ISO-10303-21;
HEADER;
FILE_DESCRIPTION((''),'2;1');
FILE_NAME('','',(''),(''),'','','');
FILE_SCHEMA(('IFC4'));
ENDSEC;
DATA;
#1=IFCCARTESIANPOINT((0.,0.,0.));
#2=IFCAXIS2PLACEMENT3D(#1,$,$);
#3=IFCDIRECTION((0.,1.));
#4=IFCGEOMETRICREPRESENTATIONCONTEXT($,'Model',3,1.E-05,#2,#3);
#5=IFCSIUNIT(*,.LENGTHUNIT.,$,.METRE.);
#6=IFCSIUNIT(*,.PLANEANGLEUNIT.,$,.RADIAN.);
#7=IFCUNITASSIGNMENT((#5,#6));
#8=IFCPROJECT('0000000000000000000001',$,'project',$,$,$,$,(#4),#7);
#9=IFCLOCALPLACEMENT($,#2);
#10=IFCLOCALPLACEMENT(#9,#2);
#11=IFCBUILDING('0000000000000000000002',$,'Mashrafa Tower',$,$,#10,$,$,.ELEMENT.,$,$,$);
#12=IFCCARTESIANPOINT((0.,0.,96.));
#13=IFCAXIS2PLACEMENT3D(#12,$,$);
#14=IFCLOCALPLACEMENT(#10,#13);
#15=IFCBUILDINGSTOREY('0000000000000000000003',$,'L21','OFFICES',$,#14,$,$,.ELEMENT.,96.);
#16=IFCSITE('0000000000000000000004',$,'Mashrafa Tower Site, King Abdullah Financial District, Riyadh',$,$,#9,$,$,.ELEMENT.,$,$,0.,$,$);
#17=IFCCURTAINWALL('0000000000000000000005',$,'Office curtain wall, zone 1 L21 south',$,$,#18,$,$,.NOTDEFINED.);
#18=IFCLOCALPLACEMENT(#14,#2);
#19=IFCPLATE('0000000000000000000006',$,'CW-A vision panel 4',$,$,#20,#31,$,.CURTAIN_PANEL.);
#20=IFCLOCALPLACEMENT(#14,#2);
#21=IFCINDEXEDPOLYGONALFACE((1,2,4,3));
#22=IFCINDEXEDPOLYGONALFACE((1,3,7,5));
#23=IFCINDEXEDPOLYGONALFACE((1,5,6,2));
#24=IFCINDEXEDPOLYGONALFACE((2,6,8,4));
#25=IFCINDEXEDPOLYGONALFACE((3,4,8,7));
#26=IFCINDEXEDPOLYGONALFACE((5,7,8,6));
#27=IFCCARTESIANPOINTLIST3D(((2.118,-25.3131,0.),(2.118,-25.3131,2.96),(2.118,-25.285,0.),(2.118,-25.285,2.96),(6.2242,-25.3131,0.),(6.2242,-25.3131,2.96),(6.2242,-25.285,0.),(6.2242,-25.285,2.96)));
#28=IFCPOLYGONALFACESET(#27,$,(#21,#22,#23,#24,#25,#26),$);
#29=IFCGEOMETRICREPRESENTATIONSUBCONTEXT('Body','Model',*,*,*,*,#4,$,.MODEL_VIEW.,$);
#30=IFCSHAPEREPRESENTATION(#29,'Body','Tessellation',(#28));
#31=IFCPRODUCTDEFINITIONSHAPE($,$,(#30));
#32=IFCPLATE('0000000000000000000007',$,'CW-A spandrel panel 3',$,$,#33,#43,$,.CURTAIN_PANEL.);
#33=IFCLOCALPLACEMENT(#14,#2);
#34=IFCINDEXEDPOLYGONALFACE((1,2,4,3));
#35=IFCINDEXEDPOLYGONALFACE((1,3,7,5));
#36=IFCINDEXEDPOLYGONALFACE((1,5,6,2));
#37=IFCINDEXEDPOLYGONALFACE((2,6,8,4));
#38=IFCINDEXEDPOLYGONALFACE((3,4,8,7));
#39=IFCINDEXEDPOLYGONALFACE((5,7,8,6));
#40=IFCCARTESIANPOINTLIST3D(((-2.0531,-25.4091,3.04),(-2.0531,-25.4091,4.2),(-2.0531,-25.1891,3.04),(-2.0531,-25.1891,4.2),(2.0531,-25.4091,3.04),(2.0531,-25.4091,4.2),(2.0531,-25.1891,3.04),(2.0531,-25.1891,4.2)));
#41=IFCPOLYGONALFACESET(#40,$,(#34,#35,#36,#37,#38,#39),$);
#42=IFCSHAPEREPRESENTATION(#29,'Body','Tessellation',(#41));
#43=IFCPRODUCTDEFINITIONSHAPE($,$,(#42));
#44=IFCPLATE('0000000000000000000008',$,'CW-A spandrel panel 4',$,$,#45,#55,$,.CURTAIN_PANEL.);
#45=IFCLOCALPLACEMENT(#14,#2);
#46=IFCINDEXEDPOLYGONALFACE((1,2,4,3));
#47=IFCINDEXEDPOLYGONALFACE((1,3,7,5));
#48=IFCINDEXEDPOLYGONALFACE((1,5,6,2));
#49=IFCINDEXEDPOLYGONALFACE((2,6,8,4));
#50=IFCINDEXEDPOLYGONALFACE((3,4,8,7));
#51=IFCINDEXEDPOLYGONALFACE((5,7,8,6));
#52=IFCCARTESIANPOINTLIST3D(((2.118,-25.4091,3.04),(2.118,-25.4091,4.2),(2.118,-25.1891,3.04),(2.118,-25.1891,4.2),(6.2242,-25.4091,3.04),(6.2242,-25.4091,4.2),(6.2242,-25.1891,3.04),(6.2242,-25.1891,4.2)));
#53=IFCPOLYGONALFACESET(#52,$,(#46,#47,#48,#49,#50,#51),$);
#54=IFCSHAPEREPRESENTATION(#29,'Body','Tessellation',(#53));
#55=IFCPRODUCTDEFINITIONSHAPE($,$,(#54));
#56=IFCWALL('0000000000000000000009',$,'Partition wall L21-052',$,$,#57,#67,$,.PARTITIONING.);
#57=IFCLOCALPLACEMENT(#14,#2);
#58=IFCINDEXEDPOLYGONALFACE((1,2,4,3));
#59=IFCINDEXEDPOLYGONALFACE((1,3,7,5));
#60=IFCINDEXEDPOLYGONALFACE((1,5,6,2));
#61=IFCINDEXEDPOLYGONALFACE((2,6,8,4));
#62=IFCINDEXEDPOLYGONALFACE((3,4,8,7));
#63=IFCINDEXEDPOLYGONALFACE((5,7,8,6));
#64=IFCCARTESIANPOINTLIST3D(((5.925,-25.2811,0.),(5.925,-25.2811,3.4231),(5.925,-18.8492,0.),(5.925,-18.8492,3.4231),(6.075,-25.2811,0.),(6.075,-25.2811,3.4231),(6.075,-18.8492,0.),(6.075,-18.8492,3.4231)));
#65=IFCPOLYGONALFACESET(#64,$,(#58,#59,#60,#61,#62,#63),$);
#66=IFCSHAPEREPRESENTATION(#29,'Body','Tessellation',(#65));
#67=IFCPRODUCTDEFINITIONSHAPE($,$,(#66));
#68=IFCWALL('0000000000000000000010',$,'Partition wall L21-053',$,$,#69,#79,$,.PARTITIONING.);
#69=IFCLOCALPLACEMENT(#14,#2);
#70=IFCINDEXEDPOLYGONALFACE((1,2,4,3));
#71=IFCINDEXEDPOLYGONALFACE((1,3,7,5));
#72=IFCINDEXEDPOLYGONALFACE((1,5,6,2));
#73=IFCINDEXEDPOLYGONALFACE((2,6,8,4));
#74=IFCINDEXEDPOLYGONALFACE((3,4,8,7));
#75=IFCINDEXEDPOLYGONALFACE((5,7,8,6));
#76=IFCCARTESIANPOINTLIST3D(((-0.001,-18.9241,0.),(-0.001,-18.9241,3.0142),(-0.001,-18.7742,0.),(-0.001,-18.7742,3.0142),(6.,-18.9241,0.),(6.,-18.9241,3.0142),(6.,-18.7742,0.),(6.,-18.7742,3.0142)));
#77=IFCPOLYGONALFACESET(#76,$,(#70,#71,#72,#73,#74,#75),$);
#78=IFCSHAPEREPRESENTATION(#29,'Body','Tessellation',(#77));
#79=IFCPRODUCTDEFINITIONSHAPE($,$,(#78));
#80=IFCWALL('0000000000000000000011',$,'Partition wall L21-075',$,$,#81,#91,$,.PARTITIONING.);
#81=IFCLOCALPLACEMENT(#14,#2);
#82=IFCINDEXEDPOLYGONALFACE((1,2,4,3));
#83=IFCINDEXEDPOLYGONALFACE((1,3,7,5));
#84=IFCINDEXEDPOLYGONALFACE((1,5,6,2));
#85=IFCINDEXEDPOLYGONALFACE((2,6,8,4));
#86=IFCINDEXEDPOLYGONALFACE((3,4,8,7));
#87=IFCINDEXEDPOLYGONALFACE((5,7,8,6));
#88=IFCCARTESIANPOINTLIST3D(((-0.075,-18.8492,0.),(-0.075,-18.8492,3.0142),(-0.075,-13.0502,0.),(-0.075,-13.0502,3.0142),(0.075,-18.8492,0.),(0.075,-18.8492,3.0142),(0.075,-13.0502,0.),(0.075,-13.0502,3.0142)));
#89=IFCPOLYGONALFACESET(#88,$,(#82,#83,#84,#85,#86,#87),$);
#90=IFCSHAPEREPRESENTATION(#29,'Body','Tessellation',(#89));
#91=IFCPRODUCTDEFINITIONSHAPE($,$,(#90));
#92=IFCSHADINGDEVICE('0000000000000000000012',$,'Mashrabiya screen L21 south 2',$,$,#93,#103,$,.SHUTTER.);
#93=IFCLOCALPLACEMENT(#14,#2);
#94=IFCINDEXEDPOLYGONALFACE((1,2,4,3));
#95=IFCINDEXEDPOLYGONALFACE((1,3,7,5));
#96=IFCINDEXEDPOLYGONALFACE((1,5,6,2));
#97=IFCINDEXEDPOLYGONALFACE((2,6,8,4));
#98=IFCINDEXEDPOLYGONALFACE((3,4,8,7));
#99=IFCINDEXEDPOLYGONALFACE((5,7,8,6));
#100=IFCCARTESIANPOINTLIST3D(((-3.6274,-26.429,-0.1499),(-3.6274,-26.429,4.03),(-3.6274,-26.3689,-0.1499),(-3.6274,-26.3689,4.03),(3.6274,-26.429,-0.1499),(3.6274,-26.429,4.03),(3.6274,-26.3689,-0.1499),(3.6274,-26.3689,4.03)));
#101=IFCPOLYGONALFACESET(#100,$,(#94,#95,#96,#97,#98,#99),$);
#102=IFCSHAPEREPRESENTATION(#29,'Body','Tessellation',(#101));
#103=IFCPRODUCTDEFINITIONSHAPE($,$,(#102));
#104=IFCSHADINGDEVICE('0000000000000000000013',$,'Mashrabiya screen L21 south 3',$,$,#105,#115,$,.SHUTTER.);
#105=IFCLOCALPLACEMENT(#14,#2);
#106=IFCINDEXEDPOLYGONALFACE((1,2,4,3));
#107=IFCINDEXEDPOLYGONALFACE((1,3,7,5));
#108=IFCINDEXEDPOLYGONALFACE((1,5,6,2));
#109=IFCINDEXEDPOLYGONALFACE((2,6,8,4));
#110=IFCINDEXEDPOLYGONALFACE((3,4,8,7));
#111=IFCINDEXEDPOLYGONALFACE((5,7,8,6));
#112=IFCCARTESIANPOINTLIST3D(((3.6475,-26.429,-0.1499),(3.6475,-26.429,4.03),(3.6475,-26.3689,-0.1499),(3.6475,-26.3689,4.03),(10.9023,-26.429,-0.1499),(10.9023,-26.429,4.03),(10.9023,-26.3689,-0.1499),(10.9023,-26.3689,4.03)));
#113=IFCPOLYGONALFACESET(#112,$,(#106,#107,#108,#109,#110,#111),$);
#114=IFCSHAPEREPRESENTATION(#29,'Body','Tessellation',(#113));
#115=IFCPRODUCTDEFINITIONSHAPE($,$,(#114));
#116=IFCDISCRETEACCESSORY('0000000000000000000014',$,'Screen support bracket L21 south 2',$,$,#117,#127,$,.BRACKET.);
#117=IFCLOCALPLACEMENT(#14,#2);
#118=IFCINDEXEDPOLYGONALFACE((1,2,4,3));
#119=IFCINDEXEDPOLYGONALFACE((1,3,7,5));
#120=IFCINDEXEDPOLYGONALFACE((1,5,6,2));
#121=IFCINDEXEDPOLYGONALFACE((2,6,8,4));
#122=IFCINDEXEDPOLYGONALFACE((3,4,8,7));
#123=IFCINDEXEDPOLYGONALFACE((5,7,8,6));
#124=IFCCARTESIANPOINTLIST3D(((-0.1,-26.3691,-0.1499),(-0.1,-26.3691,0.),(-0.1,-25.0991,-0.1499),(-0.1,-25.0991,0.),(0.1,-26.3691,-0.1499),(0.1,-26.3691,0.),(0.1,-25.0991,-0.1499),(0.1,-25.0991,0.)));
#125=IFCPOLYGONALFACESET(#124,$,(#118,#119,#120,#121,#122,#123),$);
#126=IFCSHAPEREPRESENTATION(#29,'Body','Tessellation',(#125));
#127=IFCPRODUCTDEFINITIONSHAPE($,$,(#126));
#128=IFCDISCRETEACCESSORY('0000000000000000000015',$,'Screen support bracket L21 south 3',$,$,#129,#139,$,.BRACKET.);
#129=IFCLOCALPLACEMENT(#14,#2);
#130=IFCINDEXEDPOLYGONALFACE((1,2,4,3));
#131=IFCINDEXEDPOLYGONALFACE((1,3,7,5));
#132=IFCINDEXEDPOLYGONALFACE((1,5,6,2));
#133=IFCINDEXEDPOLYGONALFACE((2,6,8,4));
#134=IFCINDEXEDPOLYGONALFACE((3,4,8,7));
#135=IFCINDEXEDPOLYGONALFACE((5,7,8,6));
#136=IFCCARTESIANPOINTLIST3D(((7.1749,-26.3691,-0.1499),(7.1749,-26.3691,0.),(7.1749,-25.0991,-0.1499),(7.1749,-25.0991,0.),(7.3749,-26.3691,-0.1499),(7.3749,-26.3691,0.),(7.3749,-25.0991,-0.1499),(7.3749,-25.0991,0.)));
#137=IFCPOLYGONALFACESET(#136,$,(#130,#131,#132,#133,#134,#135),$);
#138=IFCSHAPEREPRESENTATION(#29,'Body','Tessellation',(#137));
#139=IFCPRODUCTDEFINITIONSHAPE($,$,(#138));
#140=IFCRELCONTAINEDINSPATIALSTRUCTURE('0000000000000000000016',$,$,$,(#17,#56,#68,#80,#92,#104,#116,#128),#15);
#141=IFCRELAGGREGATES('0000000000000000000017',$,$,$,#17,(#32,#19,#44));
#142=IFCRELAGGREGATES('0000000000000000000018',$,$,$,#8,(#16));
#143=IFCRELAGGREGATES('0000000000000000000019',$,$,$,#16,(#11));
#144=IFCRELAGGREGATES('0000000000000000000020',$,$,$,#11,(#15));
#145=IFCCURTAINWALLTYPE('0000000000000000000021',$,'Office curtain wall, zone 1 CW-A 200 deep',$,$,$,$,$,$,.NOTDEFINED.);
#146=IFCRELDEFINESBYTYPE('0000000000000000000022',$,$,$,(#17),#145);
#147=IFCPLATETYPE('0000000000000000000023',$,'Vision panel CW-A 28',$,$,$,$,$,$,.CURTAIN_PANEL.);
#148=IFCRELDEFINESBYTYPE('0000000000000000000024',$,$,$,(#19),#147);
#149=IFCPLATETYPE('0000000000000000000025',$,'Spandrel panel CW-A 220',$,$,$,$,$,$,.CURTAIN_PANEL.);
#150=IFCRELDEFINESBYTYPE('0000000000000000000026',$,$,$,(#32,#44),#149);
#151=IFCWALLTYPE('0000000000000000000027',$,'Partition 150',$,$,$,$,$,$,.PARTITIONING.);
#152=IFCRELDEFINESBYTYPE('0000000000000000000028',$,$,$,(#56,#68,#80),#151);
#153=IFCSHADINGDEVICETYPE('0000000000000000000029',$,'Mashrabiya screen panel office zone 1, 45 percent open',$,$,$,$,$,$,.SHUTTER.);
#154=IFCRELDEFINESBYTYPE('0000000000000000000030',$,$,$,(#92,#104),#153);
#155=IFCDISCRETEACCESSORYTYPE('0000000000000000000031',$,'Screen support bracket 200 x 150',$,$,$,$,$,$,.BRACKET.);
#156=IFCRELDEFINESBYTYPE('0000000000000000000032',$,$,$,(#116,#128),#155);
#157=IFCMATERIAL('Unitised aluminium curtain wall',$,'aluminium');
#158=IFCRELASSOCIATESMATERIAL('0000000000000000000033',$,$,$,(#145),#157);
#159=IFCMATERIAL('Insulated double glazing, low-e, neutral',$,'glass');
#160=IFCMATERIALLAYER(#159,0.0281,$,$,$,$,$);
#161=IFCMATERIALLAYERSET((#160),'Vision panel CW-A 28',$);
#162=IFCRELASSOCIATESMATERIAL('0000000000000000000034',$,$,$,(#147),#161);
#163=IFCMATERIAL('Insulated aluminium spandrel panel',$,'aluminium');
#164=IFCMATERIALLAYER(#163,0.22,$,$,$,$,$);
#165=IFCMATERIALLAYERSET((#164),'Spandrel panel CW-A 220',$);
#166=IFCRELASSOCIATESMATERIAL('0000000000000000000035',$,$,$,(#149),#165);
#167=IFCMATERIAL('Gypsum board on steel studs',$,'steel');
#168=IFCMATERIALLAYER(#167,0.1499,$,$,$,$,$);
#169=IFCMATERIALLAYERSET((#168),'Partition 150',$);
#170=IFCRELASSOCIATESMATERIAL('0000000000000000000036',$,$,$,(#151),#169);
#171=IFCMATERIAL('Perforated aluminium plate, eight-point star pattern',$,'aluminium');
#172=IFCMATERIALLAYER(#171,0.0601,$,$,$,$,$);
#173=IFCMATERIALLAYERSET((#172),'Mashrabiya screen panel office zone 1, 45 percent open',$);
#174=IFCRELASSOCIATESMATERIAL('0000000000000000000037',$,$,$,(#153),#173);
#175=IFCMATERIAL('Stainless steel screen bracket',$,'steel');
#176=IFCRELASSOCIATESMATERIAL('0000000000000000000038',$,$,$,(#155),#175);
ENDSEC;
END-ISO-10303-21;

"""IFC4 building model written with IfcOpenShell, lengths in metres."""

from ifc_helpers import new_model, si_unit, direction, frame, frame_2d, origin, origin_2d, place, context, subcontext, project, spatial, rectangle, extrude, source, transform, mapped, material, layer, layer_set, type_object, type_shapes, element, aggregate, save


model = new_model("IFC4")

# Units and contexts
model_context = context("Model", 3, precision=1e-05, world=origin(), true_north=direction((0.0, 1.0)))
body_context = subcontext(model_context, "Body", "Model", "MODEL_VIEW")
ifc_project = project(units=[si_unit("LENGTHUNIT", "METRE"), si_unit("PLANEANGLEUNIT", "RADIAN")], contexts=[model_context])

# Site, building, storey
site_placement = place(None, origin())
site = spatial("IfcSite", under=ifc_project, at=site_placement, Name="Mashrafa Tower Site, King Abdullah Financial District, Riyadh", CompositionType="ELEMENT", RefElevation=0.0)
building_placement = place(site_placement, origin())
building = spatial("IfcBuilding", under=site, at=building_placement, Name="Mashrafa Tower", CompositionType="ELEMENT")
storey_placement = place(building_placement, frame((0.0, 0.0, 96.0)))
storey = spatial("IfcBuildingStorey", under=building, at=storey_placement, Name="L21", Description="OFFICES", CompositionType="ELEMENT", Elevation=96.0)

# Curtain wall
ifc_material_1 = material(Name="Unitised aluminium curtain wall", Category="aluminium")
curtain_wall_type = type_object("IfcCurtainWallType", Name="Office curtain wall, zone 1 CW-A 200 deep", PredefinedType="NOTDEFINED", material=ifc_material_1)
curtain_wall_1_placement = place(storey_placement, origin())
curtain_wall_1 = element("IfcCurtainWall", 1, at=curtain_wall_1_placement, inside=storey, type_object=curtain_wall_type, Name="Office curtain wall, zone 1 L21 south", PredefinedType="NOTDEFINED")

# Plates
ifc_material_2 = material(Name="Insulated double glazing, low-e, neutral", Category="glass")
ifc_layer_1 = layer(ifc_material_2, 0.0281)
ifc_layer_set_1 = layer_set([ifc_layer_1], Name="Vision panel CW-A 28")
plate_type_1 = type_object("IfcPlateType", Name="Vision panel CW-A 28", PredefinedType="CURTAIN_PANEL", material=ifc_layer_set_1)
ifc_material_3 = material(Name="Insulated aluminium spandrel panel", Category="aluminium")
ifc_layer_2 = layer(ifc_material_3, 0.22)
ifc_layer_set_2 = layer_set([ifc_layer_2], Name="Spandrel panel CW-A 220")
plate_type_2 = type_object("IfcPlateType", Name="Spandrel panel CW-A 220", PredefinedType="CURTAIN_PANEL", material=ifc_layer_set_2)
shared_shape_1 = source(origin(), body_context, "Body", "SweptSolid", [
    extrude(rectangle(XDim=4.1062, YDim=0.0281, at=origin_2d()), origin(), (0.0, 0.0, 1.0), 2.96),
])
plate_1_placement = place(storey_placement, frame((4.1711, -25.2991, 0.0), z_axis=(0.0, 0.0, 1.0), x_axis=(1.0, 0.0, 0.0)))
plate_1 = element("IfcPlate", 2, at=plate_1_placement, type_object=plate_type_1, Name="CW-A vision panel 4", PredefinedType="CURTAIN_PANEL", context=body_context, shape_type="MappedRepresentation", body=[
    mapped(shared_shape_1, transform((0.0, 0.0, 0.0))),
])
shared_shape_2 = source(origin(), body_context, "Body", "SweptSolid", [
    extrude(rectangle(XDim=4.1062, YDim=0.22, at=origin_2d()), origin(), (0.0, 0.0, 1.0), 1.1599),
])
plate_2_placement = place(storey_placement, frame((0.0, -25.2991, 3.04), z_axis=(0.0, 0.0, 1.0), x_axis=(1.0, 0.0, 0.0)))
plate_2 = element("IfcPlate", 3, at=plate_2_placement, type_object=plate_type_2, Name="CW-A spandrel panel 3", PredefinedType="CURTAIN_PANEL", context=body_context, shape_type="MappedRepresentation", body=[
    mapped(shared_shape_2, transform((0.0, 0.0, 0.0))),
])
plate_3_placement = place(storey_placement, frame((4.1711, -25.2991, 3.04), z_axis=(0.0, 0.0, 1.0), x_axis=(1.0, 0.0, 0.0)))
plate_3 = element("IfcPlate", 4, at=plate_3_placement, type_object=plate_type_2, Name="CW-A spandrel panel 4", PredefinedType="CURTAIN_PANEL", context=body_context, shape_type="MappedRepresentation", body=[
    mapped(shared_shape_2, transform((0.0, 0.0, 0.0))),
])
aggregate(curtain_wall_1, [plate_2, plate_1, plate_3])

# Shared definitions
ifc_material_4 = material(Name="Gypsum board on steel studs", Category="steel")
ifc_layer_3 = layer(ifc_material_4, 0.1499)
ifc_layer_set_3 = layer_set([ifc_layer_3], Name="Partition 150")
wall_type = type_object("IfcWallType", Name="Partition 150", PredefinedType="PARTITIONING", material=ifc_layer_set_3)

# Walls
wall_1_placement = place(storey_placement, frame((6.0, -25.281, 0.0), z_axis=(0.0, 0.0, 1.0), x_axis=(0.0, 1.0, 0.0)))
element("IfcWall", 5, at=wall_1_placement, inside=storey, type_object=wall_type, Name="Partition wall L21-052", PredefinedType="PARTITIONING", context=body_context, shape_type="SweptSolid", body=[
    extrude(rectangle(XDim=6.4319, YDim=0.1499, at=frame_2d((3.2158, 0.0))), origin(), (0.0, 0.0, 1.0), 3.4231),
])
wall_2_placement = place(storey_placement, frame((6.0, -18.8491, 0.0), z_axis=(0.0, 0.0, 1.0), x_axis=(-1.0, 0.0, 0.0)))
element("IfcWall", 6, at=wall_2_placement, inside=storey, type_object=wall_type, Name="Partition wall L21-053", PredefinedType="PARTITIONING", context=body_context, shape_type="SweptSolid", body=[
    extrude(rectangle(XDim=6.001, YDim=0.1499, at=frame_2d((3.0005, 0.0))), origin(), (0.0, 0.0, 1.0), 3.0142),
])
wall_3_placement = place(storey_placement, frame((0.0, -18.8491, 0.0), z_axis=(0.0, 0.0, 1.0), x_axis=(0.0, 1.0, 0.0)))
element("IfcWall", 7, at=wall_3_placement, inside=storey, type_object=wall_type, Name="Partition wall L21-075", PredefinedType="PARTITIONING", context=body_context, shape_type="SweptSolid", body=[
    extrude(rectangle(XDim=5.7991, YDim=0.1499, at=frame_2d((2.8994, 0.0))), origin(), (0.0, 0.0, 1.0), 3.0142),
])

# Shading devices
ifc_material_5 = material(Name="Perforated aluminium plate, eight-point star pattern", Category="aluminium")
ifc_layer_4 = layer(ifc_material_5, 0.0601)
ifc_layer_set_4 = layer_set([ifc_layer_4], Name="Mashrabiya screen panel office zone 1, 45 percent open")
shading_device_type = type_object("IfcShadingDeviceType", Name="Mashrabiya screen panel office zone 1, 45 percent open", PredefinedType="SHUTTER", material=ifc_layer_set_4)
shared_shape_3 = source(origin(), body_context, "Body", "SweptSolid", [
    extrude(rectangle(XDim=7.2549, YDim=0.0601, at=origin_2d()), origin(), (0.0, 0.0, 1.0), 4.1799),
])
type_shapes(shading_device_type, [shared_shape_3])
for number, where, z_axis, x_axis, name in (
    (8, (0.0, -26.3989, -0.1499), (0.0, 0.0, 1.0), (1.0, 0.0, 0.0), "Mashrabiya screen L21 south 2"),
    (9, (7.2749, -26.3989, -0.1499), (0.0, 0.0, 1.0), (1.0, 0.0, 0.0), "Mashrabiya screen L21 south 3"),
):
    element("IfcShadingDevice", number, at=place(storey_placement, frame(where, z_axis=z_axis, x_axis=x_axis)), inside=storey, type_object=shading_device_type, Name=name, PredefinedType="SHUTTER", context=body_context, shape_type="MappedRepresentation", body=[
        mapped(shared_shape_3, transform((0.0, 0.0, 0.0))),
    ])

# Discrete accessories
ifc_material_6 = material(Name="Stainless steel screen bracket", Category="steel")
discrete_accessory_type = type_object("IfcDiscreteAccessoryType", Name="Screen support bracket 200 x 150", PredefinedType="BRACKET", material=ifc_material_6)
shared_shape_4 = source(origin(), body_context, "Body", "SweptSolid", [
    extrude(rectangle(XDim=0.2, YDim=1.27, at=origin_2d()), origin(), (0.0, 0.0, 1.0), 0.1499),
])
type_shapes(discrete_accessory_type, [shared_shape_4])
for number, where, z_axis, x_axis, name in (
    (10, (0.0, -25.7341, -0.1499), (0.0, 0.0, 1.0), (1.0, 0.0, 0.0), "Screen support bracket L21 south 2"),
    (11, (7.2749, -25.7341, -0.1499), (0.0, 0.0, 1.0), (1.0, 0.0, 0.0), "Screen support bracket L21 south 3"),
):
    element("IfcDiscreteAccessory", number, at=place(storey_placement, frame(where, z_axis=z_axis, x_axis=x_axis)), inside=storey, type_object=discrete_accessory_type, Name=name, PredefinedType="BRACKET", context=body_context, shape_type="MappedRepresentation", body=[
        mapped(shared_shape_4, transform((0.0, 0.0, 0.0))),
    ])

save(model, "model.ifc")
